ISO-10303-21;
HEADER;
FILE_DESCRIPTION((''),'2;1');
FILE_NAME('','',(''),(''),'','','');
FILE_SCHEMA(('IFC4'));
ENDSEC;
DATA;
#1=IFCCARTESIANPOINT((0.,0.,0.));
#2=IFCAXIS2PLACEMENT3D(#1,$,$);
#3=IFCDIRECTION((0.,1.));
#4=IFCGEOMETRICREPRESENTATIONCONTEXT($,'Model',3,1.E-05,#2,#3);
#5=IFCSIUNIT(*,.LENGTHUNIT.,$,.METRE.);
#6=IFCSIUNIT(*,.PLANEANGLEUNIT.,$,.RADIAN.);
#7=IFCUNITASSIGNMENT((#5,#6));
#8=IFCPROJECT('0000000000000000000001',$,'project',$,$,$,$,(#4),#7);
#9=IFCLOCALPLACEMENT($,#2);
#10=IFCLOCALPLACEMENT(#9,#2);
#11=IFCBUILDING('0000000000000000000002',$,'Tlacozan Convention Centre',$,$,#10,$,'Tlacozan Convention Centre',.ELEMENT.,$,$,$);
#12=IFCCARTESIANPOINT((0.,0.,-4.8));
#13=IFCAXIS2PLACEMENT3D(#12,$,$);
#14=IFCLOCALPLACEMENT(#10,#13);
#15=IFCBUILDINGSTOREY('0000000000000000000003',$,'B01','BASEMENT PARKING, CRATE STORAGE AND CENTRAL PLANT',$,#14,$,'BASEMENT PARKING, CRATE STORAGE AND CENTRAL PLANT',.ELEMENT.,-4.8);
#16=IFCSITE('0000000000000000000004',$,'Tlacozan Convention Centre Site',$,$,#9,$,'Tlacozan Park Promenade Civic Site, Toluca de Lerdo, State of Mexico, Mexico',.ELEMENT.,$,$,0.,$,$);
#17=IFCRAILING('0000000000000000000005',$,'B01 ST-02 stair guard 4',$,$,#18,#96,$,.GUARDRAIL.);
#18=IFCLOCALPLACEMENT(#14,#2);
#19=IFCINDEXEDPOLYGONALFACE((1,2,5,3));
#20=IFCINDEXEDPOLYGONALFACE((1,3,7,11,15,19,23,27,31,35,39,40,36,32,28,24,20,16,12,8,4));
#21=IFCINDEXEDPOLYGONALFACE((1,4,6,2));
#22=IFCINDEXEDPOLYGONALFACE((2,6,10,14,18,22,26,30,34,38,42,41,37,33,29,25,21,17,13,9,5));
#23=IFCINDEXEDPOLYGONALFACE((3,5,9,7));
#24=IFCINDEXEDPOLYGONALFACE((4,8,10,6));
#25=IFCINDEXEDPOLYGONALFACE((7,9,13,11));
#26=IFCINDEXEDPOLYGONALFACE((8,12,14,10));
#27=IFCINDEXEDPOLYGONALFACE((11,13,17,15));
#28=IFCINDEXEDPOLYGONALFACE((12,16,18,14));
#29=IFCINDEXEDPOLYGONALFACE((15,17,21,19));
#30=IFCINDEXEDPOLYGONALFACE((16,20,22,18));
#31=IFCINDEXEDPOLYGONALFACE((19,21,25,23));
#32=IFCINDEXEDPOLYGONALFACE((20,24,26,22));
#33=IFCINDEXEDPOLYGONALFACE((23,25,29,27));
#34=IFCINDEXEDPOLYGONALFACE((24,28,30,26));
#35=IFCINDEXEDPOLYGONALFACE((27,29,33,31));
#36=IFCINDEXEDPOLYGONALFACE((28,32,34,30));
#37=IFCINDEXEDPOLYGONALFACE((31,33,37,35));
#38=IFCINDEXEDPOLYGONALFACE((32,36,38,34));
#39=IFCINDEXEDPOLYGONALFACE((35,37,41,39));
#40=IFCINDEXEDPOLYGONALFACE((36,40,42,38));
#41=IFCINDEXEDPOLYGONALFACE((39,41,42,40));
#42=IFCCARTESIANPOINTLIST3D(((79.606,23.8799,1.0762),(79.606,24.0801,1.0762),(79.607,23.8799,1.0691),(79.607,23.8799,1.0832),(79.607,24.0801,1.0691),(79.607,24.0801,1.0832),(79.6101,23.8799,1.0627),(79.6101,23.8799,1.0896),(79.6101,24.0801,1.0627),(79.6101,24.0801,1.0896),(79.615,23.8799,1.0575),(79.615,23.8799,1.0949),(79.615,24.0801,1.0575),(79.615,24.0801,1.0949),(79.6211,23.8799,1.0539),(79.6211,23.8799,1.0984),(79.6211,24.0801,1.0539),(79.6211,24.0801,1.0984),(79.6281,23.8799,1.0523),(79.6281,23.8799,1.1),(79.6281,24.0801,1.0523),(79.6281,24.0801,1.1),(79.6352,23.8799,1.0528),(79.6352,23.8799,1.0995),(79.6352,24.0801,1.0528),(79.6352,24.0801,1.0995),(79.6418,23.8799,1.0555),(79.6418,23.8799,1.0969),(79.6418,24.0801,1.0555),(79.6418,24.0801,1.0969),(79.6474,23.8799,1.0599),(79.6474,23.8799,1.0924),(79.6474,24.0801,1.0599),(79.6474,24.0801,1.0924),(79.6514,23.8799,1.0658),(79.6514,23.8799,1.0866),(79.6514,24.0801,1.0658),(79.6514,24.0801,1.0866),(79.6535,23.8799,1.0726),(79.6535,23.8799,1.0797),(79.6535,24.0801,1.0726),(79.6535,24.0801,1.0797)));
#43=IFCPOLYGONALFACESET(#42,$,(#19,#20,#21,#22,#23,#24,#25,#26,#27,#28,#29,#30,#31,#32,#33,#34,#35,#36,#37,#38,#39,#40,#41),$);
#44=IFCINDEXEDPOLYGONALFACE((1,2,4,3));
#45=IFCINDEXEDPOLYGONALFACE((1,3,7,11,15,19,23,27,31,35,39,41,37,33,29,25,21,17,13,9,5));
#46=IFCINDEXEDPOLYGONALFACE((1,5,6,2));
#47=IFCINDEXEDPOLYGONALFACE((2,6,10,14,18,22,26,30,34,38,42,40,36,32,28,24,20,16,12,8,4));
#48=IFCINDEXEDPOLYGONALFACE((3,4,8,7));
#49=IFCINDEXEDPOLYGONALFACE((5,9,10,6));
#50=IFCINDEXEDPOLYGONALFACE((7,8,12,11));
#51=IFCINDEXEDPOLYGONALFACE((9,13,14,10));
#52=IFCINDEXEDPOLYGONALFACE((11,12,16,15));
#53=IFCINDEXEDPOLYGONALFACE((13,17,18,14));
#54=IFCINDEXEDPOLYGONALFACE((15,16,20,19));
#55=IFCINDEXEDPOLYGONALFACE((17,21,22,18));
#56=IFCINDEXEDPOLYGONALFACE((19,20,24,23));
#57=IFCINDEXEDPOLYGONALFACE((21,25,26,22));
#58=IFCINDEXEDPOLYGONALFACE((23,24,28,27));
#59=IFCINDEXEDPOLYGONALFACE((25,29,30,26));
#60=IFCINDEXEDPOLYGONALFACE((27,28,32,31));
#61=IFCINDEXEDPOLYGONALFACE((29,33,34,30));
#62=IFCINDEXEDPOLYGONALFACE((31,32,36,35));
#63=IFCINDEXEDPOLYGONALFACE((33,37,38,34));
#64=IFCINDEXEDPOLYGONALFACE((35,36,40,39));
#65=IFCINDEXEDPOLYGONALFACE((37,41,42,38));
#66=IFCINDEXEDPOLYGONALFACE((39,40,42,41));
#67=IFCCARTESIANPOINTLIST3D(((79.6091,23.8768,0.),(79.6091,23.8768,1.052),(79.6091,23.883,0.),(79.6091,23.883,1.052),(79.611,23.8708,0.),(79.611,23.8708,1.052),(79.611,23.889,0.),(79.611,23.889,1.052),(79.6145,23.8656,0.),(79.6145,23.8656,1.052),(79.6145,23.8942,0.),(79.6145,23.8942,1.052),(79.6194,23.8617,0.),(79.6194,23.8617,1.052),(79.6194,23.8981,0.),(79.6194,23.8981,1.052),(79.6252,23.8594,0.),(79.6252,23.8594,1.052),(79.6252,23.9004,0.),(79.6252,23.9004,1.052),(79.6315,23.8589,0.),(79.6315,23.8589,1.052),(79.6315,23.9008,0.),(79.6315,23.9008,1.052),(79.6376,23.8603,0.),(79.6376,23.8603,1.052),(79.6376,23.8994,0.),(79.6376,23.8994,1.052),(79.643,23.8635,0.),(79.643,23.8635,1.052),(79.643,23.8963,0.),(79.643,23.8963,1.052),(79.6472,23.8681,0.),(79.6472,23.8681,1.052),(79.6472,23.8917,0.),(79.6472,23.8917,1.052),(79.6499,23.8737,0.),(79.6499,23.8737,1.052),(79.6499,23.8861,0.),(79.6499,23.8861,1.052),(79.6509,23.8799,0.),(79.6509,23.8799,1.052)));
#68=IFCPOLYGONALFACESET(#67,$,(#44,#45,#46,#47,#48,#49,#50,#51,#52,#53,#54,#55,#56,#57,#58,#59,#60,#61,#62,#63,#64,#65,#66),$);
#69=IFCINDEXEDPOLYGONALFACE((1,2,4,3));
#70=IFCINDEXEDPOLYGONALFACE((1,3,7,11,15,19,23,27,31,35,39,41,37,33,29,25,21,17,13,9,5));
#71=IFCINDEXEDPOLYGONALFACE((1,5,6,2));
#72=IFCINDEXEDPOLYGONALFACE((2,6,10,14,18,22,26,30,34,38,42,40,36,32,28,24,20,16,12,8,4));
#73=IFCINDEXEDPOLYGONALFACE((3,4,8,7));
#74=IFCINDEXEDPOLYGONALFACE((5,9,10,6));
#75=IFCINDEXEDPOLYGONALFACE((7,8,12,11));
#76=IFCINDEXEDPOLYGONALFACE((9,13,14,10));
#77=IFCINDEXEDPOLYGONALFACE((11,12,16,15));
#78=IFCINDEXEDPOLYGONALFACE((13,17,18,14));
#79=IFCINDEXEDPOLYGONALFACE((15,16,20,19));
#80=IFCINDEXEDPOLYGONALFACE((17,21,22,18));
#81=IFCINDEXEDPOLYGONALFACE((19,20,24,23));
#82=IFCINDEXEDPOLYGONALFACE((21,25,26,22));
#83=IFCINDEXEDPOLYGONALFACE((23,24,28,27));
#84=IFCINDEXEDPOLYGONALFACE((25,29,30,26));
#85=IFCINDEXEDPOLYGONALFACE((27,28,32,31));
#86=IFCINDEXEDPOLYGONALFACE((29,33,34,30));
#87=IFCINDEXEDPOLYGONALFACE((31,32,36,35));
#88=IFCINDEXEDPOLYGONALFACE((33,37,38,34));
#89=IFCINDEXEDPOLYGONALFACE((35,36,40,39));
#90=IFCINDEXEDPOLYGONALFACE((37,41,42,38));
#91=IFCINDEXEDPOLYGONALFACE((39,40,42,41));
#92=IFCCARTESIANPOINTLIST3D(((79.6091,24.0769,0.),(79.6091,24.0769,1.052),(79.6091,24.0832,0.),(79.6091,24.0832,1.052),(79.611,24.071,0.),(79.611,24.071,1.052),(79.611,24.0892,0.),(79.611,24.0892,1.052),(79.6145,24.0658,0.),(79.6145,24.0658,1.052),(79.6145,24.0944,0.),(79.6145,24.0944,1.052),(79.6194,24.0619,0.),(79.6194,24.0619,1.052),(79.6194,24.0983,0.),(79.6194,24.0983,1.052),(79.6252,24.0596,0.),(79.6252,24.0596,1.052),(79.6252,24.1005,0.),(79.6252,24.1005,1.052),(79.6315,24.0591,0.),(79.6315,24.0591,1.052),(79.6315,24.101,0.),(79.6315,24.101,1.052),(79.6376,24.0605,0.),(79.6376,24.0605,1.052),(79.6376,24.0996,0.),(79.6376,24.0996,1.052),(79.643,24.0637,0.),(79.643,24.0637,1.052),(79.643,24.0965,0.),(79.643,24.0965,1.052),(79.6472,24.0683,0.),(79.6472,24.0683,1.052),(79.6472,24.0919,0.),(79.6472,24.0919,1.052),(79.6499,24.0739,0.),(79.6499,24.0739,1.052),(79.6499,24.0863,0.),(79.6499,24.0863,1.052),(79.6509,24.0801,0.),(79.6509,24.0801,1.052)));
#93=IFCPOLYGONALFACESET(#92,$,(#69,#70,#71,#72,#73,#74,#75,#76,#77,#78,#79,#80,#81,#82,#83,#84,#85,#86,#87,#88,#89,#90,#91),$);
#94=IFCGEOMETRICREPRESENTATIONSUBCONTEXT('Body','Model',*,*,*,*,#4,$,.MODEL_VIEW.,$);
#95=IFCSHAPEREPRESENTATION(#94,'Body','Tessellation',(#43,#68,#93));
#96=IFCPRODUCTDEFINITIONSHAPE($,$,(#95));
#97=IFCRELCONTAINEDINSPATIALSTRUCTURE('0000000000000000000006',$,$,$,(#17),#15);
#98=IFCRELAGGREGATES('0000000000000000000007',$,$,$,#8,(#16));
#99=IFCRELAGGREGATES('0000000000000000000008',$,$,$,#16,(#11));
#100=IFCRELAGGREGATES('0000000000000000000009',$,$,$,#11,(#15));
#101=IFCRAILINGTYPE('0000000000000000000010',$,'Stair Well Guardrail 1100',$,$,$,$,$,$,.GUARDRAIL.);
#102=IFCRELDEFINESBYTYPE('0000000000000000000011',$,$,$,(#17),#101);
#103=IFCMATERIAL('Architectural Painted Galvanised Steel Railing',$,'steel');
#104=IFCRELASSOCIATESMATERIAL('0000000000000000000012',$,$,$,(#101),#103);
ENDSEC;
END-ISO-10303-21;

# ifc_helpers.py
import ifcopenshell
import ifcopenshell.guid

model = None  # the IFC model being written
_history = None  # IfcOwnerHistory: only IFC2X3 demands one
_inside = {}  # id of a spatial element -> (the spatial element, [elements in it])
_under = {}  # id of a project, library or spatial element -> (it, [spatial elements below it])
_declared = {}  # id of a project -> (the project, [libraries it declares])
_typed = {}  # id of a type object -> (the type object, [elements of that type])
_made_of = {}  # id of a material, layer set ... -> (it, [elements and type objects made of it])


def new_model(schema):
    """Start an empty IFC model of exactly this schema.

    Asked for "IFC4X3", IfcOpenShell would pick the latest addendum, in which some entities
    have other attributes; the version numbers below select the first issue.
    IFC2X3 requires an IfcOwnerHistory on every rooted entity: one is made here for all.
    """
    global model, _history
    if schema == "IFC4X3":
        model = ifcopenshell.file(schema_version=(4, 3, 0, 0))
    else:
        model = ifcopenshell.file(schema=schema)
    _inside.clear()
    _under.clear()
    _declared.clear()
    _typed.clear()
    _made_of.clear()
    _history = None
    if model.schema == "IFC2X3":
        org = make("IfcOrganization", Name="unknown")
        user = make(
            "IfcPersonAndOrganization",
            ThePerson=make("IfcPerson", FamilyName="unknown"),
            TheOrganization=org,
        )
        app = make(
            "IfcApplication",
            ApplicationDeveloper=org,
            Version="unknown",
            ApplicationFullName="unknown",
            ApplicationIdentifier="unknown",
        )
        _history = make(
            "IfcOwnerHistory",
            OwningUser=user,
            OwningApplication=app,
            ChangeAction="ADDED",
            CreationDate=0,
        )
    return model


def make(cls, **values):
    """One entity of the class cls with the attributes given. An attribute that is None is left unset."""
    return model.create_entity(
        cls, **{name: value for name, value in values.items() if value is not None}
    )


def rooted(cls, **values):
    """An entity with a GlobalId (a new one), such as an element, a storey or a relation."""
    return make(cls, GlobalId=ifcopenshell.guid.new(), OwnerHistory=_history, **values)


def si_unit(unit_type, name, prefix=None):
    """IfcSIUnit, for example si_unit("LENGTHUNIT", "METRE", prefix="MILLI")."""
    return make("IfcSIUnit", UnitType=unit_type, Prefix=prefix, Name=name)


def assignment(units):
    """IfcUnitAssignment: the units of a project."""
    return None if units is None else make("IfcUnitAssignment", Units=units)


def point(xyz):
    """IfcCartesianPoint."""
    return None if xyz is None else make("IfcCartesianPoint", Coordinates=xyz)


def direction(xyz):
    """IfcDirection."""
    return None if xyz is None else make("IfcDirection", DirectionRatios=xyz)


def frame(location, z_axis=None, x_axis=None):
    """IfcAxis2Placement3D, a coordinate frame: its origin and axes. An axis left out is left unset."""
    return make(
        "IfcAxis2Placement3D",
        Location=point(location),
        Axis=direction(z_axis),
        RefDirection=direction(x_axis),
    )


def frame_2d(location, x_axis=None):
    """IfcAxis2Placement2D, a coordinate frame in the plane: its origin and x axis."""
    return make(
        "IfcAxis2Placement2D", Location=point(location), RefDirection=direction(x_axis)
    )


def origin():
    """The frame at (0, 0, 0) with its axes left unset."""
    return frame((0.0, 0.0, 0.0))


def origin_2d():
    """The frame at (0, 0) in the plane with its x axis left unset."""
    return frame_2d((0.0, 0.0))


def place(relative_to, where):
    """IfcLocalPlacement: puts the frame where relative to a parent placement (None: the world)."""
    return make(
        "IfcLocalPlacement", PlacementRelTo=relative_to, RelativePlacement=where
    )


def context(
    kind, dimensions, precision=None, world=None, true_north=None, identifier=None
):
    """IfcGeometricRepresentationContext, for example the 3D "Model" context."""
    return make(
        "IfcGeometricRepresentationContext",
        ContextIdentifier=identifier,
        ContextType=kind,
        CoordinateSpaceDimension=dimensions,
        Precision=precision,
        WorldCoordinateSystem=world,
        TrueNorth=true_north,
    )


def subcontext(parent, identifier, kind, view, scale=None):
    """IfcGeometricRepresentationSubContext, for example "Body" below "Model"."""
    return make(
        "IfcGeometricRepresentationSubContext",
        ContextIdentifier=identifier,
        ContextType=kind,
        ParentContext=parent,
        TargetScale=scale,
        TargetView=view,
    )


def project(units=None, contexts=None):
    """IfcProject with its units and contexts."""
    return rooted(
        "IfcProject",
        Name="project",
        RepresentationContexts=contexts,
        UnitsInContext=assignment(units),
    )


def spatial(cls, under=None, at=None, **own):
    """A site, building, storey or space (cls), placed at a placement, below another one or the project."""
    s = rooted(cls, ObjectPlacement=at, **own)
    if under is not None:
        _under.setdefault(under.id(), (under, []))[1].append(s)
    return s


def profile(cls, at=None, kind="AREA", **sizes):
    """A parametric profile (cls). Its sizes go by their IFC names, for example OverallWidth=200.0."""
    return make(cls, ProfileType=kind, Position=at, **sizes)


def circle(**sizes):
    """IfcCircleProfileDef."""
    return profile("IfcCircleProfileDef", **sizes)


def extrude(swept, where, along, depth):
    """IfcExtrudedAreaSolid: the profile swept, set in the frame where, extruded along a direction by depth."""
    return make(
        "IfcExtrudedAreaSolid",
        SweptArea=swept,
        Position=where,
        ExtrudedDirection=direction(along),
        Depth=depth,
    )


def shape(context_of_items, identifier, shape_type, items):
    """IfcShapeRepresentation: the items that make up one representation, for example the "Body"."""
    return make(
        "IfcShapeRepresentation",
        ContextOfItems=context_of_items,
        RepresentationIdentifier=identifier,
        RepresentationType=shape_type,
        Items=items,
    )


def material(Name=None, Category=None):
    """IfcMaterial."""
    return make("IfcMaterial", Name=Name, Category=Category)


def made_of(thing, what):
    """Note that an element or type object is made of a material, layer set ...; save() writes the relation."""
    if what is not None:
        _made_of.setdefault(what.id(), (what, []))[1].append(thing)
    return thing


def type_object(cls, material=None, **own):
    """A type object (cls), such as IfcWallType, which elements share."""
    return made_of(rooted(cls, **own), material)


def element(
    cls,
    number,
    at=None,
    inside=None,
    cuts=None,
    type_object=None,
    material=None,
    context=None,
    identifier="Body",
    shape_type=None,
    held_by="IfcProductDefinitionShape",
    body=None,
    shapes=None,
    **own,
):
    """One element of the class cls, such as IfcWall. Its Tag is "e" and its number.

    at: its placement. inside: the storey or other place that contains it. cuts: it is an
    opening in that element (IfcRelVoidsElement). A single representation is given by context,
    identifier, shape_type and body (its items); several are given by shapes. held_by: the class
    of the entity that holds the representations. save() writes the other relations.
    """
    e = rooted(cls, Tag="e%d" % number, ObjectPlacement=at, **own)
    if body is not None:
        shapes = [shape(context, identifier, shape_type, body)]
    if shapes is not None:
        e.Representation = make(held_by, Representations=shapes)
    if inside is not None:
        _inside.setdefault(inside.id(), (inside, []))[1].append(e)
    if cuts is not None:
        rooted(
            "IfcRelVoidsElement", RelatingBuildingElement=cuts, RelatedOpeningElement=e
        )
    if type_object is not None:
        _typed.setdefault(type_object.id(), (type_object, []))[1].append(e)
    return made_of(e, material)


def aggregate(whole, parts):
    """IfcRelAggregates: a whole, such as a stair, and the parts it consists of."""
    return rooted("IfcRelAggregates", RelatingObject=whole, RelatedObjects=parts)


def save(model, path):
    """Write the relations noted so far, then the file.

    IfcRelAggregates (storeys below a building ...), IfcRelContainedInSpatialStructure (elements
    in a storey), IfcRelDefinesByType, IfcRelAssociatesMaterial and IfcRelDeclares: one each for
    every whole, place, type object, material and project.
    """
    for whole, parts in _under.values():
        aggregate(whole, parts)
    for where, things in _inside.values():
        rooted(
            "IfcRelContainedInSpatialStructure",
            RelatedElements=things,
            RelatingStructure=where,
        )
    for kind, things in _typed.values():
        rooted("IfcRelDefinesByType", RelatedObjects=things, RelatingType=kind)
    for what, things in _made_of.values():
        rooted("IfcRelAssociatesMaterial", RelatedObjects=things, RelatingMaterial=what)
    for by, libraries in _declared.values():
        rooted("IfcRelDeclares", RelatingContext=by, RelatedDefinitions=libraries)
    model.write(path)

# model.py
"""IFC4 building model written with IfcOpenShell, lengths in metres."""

from ifc_helpers import new_model, si_unit, direction, frame, origin, origin_2d, place, context, subcontext, project, spatial, circle, extrude, material, type_object, element, save


model = new_model("IFC4")

# Units and contexts
model_context = context("Model", 3, precision=1e-05, world=origin(), true_north=direction((0.0, 1.0)))
body_context = subcontext(model_context, "Body", "Model", "MODEL_VIEW")
ifc_project = project(units=[si_unit("LENGTHUNIT", "METRE"), si_unit("PLANEANGLEUNIT", "RADIAN")], contexts=[model_context])

# Site, building, storey
site_placement = place(None, origin())
site = spatial("IfcSite", under=ifc_project, at=site_placement, Name="Tlacozan Convention Centre Site", LongName="Tlacozan Park Promenade Civic Site, Toluca de Lerdo, State of Mexico, Mexico", CompositionType="ELEMENT", RefElevation=0.0)
building_placement = place(site_placement, origin())
building = spatial("IfcBuilding", under=site, at=building_placement, Name="Tlacozan Convention Centre", LongName="Tlacozan Convention Centre", CompositionType="ELEMENT")
storey_placement = place(building_placement, frame((0.0, 0.0, -4.8)))
storey = spatial("IfcBuildingStorey", under=building, at=storey_placement, Name="B01", Description="BASEMENT PARKING, CRATE STORAGE AND CENTRAL PLANT", LongName="BASEMENT PARKING, CRATE STORAGE AND CENTRAL PLANT", CompositionType="ELEMENT", Elevation=-4.8)

# Railing
ifc_material_1 = material(Name="Architectural Painted Galvanised Steel Railing", Category="steel")
railing_type_1 = type_object("IfcRailingType", Name="Stair Well Guardrail 1100", PredefinedType="GUARDRAIL", material=ifc_material_1)
railing_1_placement = place(storey_placement, frame((79.6299, 23.8799, 0.0)))
element("IfcRailing", 1, at=railing_1_placement, inside=storey, type_object=railing_type_1, Name="B01 ST-02 stair guard 4", PredefinedType="GUARDRAIL", context=body_context, shape_type="SweptSolid", body=[
    extrude(circle(Radius=0.0239, at=origin_2d()), frame((0.0, 0.0, 1.0762), z_axis=(0.0, 1.0, 0.0), x_axis=(-1.0, 0.0, 0.0)), (0.0, 0.0, 1.0), 0.2002),
    extrude(circle(Radius=0.021, at=origin_2d()), origin(), (0.0, 0.0, 1.0), 1.052),
    extrude(circle(Radius=0.021, at=origin_2d()), frame((0.0, 0.2002, 0.0)), (0.0, 0.0, 1.0), 1.052),
])

save(model, "model.ifc")
